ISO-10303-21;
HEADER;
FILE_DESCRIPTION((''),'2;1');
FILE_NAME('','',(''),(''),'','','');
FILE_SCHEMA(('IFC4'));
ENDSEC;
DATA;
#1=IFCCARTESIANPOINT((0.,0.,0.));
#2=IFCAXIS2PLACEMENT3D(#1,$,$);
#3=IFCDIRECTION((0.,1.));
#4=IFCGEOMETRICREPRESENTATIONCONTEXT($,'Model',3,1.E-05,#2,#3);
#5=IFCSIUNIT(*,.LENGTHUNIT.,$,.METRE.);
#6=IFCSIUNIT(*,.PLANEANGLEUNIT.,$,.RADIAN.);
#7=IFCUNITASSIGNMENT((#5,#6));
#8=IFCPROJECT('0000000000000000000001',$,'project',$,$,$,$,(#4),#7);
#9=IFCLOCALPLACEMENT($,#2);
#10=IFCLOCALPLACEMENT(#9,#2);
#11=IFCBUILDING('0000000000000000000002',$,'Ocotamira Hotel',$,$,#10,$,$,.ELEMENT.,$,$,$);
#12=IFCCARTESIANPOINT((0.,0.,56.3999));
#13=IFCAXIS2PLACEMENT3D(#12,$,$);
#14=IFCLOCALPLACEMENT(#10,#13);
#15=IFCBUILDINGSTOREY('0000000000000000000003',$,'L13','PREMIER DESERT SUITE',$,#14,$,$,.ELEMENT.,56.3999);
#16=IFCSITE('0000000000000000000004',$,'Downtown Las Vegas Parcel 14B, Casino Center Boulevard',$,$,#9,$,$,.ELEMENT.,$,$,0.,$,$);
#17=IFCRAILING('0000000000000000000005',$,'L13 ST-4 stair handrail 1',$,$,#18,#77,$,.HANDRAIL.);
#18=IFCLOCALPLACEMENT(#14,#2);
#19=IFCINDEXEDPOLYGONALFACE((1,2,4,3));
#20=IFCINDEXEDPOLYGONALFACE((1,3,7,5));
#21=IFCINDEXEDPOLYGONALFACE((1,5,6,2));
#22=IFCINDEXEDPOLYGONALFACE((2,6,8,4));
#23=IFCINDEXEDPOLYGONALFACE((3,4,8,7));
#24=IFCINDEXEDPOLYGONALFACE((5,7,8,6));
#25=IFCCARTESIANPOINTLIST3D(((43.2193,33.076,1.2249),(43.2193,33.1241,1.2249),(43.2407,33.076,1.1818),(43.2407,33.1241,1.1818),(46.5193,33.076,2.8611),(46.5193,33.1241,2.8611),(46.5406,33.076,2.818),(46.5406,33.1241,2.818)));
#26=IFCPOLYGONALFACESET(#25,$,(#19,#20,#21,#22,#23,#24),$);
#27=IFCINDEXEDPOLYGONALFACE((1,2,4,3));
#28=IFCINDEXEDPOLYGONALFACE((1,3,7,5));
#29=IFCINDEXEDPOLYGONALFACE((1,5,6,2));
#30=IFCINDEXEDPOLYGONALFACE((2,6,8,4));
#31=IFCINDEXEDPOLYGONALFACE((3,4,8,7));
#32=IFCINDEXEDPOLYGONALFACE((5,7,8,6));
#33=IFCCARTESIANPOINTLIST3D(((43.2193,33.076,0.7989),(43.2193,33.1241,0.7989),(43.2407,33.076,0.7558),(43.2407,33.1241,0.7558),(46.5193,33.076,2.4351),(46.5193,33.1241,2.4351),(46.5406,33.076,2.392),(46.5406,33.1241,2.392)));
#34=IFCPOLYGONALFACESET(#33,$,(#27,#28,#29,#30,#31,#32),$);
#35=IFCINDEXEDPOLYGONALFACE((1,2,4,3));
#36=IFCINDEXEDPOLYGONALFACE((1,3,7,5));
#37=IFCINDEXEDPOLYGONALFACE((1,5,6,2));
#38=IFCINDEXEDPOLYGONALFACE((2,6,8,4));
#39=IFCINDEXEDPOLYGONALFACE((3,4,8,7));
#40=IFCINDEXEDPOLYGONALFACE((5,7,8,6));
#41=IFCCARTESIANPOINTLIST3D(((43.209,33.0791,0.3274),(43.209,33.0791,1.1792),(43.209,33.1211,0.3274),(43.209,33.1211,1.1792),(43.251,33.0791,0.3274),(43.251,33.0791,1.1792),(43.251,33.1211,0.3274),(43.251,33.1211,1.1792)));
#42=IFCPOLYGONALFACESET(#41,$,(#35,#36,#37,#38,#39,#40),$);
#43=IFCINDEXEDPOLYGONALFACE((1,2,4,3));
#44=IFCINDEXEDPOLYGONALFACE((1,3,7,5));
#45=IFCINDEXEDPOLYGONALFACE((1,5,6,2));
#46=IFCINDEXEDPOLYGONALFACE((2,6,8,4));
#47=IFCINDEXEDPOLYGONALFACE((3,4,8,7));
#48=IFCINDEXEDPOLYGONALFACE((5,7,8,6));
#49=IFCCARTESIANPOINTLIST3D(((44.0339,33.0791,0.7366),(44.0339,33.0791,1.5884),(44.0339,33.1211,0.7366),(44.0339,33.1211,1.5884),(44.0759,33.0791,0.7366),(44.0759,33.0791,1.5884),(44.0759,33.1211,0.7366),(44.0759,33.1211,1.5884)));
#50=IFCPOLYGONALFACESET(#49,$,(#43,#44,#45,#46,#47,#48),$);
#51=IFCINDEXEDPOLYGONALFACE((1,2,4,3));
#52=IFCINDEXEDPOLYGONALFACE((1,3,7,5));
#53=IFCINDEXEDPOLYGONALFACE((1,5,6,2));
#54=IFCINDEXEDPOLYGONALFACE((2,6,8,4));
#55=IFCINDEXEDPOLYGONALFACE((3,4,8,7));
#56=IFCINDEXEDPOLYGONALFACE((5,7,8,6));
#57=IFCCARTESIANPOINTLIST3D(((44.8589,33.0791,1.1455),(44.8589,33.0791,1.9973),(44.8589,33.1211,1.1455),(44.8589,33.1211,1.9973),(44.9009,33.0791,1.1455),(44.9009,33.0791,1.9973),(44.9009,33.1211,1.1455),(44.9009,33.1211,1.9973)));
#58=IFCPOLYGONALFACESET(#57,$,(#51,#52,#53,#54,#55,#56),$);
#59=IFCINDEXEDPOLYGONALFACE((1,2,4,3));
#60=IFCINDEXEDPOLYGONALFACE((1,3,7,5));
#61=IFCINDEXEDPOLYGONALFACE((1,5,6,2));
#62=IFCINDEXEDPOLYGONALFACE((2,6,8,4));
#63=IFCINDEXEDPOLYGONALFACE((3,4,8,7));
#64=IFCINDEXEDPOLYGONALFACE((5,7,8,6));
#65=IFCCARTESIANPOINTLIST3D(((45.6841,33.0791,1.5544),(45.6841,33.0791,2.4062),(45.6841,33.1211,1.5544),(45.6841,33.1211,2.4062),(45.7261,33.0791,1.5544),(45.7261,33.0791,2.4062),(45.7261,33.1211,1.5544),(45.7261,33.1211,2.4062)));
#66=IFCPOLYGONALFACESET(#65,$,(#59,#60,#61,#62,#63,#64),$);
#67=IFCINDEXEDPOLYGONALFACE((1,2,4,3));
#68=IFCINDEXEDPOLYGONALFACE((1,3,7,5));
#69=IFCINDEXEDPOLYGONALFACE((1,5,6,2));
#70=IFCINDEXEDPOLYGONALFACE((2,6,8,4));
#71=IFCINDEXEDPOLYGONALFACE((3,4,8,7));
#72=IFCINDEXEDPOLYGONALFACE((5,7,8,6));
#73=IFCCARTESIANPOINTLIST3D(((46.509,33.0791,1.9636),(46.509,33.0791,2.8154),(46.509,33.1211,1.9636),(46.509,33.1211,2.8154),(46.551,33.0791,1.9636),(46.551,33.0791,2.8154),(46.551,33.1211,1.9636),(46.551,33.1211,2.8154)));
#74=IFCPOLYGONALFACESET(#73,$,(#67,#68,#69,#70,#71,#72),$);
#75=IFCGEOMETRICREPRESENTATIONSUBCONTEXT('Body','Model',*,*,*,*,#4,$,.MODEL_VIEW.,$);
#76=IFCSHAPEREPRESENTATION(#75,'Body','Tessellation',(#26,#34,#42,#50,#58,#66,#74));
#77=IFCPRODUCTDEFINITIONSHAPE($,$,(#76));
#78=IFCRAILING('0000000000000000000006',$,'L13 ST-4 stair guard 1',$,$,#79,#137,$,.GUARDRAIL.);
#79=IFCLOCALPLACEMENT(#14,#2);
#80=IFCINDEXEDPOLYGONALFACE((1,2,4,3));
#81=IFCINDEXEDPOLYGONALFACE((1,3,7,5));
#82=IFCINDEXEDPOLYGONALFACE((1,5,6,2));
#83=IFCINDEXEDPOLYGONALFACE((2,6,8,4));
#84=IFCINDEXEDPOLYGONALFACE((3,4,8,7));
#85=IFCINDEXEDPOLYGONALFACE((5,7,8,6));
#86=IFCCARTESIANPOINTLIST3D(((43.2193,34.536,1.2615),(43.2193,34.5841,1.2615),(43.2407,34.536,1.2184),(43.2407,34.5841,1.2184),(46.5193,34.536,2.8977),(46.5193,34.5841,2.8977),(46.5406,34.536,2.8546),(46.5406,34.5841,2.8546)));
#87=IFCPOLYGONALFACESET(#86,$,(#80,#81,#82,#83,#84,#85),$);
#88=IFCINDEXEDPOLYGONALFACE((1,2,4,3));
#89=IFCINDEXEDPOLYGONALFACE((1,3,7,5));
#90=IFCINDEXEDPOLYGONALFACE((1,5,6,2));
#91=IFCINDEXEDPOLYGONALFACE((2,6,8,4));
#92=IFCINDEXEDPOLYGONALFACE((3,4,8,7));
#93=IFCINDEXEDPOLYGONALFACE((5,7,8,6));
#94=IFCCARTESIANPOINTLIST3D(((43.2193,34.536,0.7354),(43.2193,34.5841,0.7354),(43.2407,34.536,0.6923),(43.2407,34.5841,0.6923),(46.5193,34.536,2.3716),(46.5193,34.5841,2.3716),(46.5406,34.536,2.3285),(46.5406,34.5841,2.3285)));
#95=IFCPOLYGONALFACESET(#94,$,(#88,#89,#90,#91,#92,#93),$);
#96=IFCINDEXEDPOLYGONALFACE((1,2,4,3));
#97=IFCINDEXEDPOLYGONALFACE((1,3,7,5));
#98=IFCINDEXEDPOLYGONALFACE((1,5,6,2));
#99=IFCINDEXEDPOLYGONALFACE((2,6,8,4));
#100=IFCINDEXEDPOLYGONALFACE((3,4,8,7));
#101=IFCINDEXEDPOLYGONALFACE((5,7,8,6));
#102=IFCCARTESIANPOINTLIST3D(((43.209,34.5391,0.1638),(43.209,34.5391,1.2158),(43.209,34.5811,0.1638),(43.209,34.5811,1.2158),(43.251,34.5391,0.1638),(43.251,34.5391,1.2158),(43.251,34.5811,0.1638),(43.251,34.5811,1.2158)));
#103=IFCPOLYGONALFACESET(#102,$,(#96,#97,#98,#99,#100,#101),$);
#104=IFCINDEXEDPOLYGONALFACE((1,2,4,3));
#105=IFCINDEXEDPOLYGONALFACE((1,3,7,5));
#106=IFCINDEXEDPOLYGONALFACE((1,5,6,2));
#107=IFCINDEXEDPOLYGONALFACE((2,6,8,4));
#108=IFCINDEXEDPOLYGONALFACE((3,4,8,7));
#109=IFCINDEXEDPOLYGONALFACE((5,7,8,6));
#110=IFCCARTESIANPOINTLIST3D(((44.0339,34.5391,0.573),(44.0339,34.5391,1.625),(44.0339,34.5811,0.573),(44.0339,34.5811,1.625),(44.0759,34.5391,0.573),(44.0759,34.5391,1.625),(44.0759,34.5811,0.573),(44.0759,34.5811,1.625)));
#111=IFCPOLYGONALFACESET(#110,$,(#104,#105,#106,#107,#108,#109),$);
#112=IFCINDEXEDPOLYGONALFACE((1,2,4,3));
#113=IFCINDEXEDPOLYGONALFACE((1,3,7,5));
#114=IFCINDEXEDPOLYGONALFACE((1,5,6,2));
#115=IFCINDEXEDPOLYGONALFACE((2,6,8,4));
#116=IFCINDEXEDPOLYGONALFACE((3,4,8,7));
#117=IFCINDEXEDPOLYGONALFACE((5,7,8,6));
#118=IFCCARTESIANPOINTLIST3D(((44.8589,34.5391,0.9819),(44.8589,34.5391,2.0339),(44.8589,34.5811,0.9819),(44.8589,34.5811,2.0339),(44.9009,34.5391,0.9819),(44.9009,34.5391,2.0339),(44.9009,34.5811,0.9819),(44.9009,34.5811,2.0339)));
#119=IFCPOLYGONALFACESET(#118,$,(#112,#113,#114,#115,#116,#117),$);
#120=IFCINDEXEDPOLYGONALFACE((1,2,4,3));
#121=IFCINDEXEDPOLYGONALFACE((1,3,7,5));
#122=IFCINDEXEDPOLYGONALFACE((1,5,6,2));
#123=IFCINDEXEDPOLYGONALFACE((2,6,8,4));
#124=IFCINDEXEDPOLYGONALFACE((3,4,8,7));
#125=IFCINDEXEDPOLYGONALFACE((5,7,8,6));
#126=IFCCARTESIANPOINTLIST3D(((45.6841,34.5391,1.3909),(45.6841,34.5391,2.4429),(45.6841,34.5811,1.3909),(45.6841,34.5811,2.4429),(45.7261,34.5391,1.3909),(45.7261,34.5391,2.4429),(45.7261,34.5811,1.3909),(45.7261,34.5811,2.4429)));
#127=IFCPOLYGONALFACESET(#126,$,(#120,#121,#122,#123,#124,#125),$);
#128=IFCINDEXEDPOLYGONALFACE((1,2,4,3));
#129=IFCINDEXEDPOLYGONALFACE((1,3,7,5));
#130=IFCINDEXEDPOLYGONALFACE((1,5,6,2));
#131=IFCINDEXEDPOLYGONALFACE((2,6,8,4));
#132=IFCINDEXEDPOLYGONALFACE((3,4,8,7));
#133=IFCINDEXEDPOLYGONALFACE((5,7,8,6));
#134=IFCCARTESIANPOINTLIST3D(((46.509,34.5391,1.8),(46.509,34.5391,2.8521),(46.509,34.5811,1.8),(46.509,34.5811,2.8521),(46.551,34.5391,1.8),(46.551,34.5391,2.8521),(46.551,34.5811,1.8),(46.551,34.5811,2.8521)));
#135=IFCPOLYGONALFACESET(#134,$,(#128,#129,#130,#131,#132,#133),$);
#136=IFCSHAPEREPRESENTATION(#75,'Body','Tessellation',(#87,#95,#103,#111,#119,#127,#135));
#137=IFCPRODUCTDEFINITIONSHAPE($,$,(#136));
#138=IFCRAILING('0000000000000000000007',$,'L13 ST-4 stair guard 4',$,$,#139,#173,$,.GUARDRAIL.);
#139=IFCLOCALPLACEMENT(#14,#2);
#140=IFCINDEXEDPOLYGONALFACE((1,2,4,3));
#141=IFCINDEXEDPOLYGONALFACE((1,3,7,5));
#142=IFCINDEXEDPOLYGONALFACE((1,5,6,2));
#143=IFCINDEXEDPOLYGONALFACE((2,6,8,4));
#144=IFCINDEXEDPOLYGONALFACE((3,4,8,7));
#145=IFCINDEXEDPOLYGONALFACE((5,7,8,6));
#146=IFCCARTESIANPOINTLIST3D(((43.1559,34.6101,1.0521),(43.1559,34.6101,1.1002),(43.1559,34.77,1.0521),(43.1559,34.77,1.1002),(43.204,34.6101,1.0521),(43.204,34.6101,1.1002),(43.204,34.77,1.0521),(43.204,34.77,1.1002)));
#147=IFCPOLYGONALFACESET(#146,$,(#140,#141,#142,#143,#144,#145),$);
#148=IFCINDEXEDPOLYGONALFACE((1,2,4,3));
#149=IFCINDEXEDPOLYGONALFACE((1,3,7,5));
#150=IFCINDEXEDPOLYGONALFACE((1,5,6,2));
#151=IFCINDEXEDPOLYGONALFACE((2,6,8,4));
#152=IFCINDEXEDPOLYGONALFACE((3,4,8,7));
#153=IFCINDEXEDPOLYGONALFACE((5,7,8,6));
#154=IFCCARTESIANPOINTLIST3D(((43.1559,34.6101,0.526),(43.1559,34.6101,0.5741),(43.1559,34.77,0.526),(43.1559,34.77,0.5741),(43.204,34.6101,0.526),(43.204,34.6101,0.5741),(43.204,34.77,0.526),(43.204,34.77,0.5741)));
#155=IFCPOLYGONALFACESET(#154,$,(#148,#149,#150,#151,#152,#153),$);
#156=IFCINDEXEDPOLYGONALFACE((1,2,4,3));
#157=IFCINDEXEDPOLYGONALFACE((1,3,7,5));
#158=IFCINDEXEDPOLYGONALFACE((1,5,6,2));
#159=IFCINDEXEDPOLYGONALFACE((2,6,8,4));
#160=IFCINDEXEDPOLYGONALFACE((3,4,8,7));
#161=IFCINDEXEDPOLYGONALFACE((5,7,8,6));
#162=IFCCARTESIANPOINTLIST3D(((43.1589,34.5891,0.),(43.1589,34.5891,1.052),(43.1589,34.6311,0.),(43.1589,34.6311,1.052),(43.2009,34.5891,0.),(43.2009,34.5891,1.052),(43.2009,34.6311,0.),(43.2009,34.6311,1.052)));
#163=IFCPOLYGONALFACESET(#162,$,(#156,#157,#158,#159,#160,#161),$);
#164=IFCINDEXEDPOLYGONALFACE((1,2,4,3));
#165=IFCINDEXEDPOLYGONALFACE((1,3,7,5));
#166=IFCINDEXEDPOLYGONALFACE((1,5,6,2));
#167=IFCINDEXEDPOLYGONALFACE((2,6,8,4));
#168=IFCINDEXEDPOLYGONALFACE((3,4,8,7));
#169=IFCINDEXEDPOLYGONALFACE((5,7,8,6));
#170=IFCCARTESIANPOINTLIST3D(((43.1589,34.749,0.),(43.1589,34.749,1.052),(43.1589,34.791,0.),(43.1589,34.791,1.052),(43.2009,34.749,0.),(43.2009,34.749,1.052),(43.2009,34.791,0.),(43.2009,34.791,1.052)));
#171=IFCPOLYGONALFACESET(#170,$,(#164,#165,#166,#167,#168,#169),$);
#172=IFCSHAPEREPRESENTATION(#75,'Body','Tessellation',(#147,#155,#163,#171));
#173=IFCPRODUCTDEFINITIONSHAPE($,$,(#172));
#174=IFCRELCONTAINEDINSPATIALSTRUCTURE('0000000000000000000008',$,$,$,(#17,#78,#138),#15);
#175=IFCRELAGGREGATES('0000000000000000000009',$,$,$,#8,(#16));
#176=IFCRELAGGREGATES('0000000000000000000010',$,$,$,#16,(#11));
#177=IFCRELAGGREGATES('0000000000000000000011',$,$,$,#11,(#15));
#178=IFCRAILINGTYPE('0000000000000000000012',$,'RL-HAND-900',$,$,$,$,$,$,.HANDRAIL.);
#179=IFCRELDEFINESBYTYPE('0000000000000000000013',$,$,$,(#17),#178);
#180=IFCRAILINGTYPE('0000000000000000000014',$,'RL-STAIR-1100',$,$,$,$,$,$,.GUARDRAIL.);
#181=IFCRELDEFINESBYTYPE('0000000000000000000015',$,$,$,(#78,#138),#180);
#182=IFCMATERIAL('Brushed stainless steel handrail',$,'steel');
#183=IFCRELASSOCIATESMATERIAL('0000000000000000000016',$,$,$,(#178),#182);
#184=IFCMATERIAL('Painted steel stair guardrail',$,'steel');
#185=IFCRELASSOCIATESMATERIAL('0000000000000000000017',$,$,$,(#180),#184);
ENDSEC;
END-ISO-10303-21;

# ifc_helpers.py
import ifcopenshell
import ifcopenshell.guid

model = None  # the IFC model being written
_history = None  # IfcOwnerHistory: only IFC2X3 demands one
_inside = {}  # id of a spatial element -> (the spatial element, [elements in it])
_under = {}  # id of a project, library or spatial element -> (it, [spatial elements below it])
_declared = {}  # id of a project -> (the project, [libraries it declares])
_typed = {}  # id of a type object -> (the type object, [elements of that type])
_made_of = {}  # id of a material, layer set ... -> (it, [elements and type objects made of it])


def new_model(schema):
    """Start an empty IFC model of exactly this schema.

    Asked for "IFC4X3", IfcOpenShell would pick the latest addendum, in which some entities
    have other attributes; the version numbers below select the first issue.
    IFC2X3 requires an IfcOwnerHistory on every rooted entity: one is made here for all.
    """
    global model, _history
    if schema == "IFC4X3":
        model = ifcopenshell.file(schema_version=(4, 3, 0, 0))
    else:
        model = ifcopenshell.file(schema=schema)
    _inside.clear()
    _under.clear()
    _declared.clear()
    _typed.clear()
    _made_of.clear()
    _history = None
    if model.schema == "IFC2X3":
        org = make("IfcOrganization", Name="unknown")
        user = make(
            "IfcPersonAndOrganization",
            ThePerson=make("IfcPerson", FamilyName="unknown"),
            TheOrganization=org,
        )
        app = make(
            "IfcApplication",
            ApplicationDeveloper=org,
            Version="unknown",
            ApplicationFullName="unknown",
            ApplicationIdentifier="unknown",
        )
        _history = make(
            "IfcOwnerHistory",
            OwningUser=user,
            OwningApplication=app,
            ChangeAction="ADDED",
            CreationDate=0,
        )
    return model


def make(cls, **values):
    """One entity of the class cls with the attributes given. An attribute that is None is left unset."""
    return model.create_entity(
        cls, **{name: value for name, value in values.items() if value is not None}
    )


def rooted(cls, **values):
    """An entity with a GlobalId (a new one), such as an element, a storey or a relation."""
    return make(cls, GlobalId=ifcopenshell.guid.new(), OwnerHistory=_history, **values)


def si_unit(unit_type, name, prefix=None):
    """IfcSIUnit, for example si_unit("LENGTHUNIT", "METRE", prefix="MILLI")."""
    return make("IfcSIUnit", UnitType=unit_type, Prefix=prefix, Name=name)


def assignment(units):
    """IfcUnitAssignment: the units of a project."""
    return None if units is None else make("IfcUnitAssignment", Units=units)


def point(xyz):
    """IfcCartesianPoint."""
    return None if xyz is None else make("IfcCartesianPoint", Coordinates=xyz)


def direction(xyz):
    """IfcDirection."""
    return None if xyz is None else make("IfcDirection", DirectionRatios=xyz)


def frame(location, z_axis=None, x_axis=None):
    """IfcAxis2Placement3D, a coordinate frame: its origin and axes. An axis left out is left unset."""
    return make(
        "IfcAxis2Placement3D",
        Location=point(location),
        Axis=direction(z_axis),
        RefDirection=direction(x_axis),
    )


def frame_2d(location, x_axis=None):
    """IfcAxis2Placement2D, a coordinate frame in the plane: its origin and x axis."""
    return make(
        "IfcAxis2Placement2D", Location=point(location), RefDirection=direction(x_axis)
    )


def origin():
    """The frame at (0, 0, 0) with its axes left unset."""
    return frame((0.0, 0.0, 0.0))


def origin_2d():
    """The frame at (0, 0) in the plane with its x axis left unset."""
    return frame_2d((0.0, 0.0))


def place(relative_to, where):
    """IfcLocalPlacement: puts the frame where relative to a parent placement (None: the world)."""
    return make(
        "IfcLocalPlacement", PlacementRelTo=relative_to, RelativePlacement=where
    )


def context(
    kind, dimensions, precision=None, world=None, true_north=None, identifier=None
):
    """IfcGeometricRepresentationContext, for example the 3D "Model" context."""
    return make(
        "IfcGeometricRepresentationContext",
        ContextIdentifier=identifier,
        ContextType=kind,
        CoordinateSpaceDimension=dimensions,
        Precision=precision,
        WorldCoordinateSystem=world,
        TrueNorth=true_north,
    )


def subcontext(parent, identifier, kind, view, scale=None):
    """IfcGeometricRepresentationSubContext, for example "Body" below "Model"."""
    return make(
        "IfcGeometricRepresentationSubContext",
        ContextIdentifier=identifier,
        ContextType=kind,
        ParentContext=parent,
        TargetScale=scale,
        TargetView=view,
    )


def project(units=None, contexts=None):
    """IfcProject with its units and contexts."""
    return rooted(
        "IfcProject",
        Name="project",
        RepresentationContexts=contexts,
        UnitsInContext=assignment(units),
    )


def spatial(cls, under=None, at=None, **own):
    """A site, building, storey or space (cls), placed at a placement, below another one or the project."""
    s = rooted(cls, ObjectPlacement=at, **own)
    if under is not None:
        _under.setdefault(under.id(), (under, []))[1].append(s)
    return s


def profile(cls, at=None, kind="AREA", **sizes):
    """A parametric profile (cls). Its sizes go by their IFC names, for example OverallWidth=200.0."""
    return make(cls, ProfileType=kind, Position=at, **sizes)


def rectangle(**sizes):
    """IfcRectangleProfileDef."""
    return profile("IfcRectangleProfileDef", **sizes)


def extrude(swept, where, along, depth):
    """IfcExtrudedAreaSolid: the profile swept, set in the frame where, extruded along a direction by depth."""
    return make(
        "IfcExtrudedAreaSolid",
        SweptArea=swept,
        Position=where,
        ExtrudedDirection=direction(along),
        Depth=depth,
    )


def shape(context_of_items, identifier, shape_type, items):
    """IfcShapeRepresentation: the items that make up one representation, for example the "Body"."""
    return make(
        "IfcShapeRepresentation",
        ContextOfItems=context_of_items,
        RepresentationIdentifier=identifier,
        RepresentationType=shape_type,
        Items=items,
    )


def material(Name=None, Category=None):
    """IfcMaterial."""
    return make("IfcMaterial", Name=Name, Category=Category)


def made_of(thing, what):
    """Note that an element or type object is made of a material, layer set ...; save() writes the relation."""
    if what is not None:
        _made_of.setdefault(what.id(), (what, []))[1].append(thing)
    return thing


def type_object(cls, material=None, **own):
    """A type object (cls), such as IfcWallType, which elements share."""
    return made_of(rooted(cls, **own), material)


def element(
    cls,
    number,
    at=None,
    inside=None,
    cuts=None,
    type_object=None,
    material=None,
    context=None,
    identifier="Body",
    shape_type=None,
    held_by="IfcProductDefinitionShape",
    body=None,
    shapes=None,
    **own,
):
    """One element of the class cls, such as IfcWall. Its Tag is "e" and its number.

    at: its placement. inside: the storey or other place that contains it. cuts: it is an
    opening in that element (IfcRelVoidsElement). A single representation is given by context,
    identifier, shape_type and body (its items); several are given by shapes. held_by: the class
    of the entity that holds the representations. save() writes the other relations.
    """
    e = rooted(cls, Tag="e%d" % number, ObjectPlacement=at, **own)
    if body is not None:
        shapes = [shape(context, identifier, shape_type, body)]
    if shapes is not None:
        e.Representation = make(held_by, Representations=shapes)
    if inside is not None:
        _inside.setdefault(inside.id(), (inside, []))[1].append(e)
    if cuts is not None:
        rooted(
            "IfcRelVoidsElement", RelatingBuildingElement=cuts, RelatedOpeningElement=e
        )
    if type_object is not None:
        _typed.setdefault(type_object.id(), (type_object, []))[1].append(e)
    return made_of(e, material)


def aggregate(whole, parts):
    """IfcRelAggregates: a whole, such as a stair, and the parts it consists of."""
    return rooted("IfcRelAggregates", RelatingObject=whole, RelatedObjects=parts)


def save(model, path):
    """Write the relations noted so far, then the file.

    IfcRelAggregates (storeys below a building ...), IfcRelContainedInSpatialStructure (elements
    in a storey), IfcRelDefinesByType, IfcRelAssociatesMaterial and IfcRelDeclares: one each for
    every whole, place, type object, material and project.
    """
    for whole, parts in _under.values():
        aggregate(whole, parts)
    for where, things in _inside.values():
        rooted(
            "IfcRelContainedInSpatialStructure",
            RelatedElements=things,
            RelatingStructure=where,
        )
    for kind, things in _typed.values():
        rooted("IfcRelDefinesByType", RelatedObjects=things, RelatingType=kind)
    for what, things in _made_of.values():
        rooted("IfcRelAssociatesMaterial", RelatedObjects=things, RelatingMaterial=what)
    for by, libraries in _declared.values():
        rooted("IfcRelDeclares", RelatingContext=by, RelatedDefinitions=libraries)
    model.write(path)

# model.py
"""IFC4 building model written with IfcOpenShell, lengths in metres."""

from ifc_helpers import new_model, si_unit, direction, frame, origin, origin_2d, place, context, subcontext, project, spatial, rectangle, extrude, material, type_object, element, save


model = new_model("IFC4")

# Units and contexts
model_context = context("Model", 3, precision=1e-05, world=origin(), true_north=direction((0.0, 1.0)))
body_context = subcontext(model_context, "Body", "Model", "MODEL_VIEW")
ifc_project = project(units=[si_unit("LENGTHUNIT", "METRE"), si_unit("PLANEANGLEUNIT", "RADIAN")], contexts=[model_context])

# Site, building, storey
site_placement = place(None, origin())
site = spatial("IfcSite", under=ifc_project, at=site_placement, Name="Downtown Las Vegas Parcel 14B, Casino Center Boulevard", CompositionType="ELEMENT", RefElevation=0.0)
building_placement = place(site_placement, origin())
building = spatial("IfcBuilding", under=site, at=building_placement, Name="Ocotamira Hotel", CompositionType="ELEMENT")
storey_placement = place(building_placement, frame((0.0, 0.0, 56.3999)))
storey = spatial("IfcBuildingStorey", under=building, at=storey_placement, Name="L13", Description="PREMIER DESERT SUITE", CompositionType="ELEMENT", Elevation=56.3999)

# Railings
ifc_material_1 = material(Name="Painted steel stair guardrail", Category="steel")
ifc_material_2 = material(Name="Brushed stainless steel handrail", Category="steel")
railing_type_1 = type_object("IfcRailingType", Name="RL-HAND-900", PredefinedType="HANDRAIL", material=ifc_material_2)
railing_1_placement = place(storey_placement, frame((43.23, 33.1001, 0.3274)))
element("IfcRailing", 1, at=railing_1_placement, inside=storey, type_object=railing_type_1, Name="L13 ST-4 stair handrail 1", PredefinedType="HANDRAIL", context=body_context, shape_type="SweptSolid", body=[
    extrude(rectangle(XDim=0.0481, YDim=0.0481, at=origin_2d()), frame((0.0, 0.0, 0.876), z_axis=(0.89592, 0.0, 0.444215), x_axis=(0.0, 1.0, 0.0)), (0.0, 0.0, 1.0), 3.6833),
    extrude(rectangle(XDim=0.0481, YDim=0.0481, at=origin_2d()), frame((0.0, 0.0, 0.45), z_axis=(0.89592, 0.0, 0.444215), x_axis=(0.0, 1.0, 0.0)), (0.0, 0.0, 1.0), 3.6833),
    extrude(rectangle(XDim=0.042, YDim=0.042, at=origin_2d()), origin(), (0.0, 0.0, 1.0), 0.8518),
    extrude(rectangle(XDim=0.042, YDim=0.042, at=origin_2d()), frame((0.825, 0.0, 0.4092)), (0.0, 0.0, 1.0), 0.8518),
    extrude(rectangle(XDim=0.042, YDim=0.042, at=origin_2d()), frame((1.6499, 0.0, 0.8181)), (0.0, 0.0, 1.0), 0.8518),
    extrude(rectangle(XDim=0.042, YDim=0.042, at=origin_2d()), frame((2.4751, 0.0, 1.2271)), (0.0, 0.0, 1.0), 0.8518),
    extrude(rectangle(XDim=0.042, YDim=0.042, at=origin_2d()), frame((3.3, 0.0, 1.6362)), (0.0, 0.0, 1.0), 0.8518),
])
railing_type_2 = type_object("IfcRailingType", Name="RL-STAIR-1100", PredefinedType="GUARDRAIL", material=ifc_material_1)
railing_2_placement = place(storey_placement, frame((43.23, 34.5601, 0.1638)))
element("IfcRailing", 2, at=railing_2_placement, inside=storey, type_object=railing_type_2, Name="L13 ST-4 stair guard 1", PredefinedType="GUARDRAIL", context=body_context, shape_type="SweptSolid", body=[
    extrude(rectangle(XDim=0.0481, YDim=0.0481, at=origin_2d()), frame((0.0, 0.0, 1.0762), z_axis=(0.89592, 0.0, 0.444215), x_axis=(0.0, 1.0, 0.0)), (0.0, 0.0, 1.0), 3.6833),
    extrude(rectangle(XDim=0.0481, YDim=0.0481, at=origin_2d()), frame((0.0, 0.0, 0.55), z_axis=(0.89592, 0.0, 0.444215), x_axis=(0.0, 1.0, 0.0)), (0.0, 0.0, 1.0), 3.6833),
    extrude(rectangle(XDim=0.042, YDim=0.042, at=origin_2d()), origin(), (0.0, 0.0, 1.0), 1.052),
    extrude(rectangle(XDim=0.042, YDim=0.042, at=origin_2d()), frame((0.825, 0.0, 0.4092)), (0.0, 0.0, 1.0), 1.052),
    extrude(rectangle(XDim=0.042, YDim=0.042, at=origin_2d()), frame((1.6499, 0.0, 0.8181)), (0.0, 0.0, 1.0), 1.052),
    extrude(rectangle(XDim=0.042, YDim=0.042, at=origin_2d()), frame((2.4751, 0.0, 1.2271)), (0.0, 0.0, 1.0), 1.052),
    extrude(rectangle(XDim=0.042, YDim=0.042, at=origin_2d()), frame((3.3, 0.0, 1.6362)), (0.0, 0.0, 1.0), 1.052),
])
railing_3_placement = place(storey_placement, frame((43.1799, 34.6101, 0.0)))
element("IfcRailing", 3, at=railing_3_placement, inside=storey, type_object=railing_type_2, Name="L13 ST-4 stair guard 4", PredefinedType="GUARDRAIL", context=body_context, shape_type="SweptSolid", body=[
    extrude(rectangle(XDim=0.0481, YDim=0.0481, at=origin_2d()), frame((0.0, 0.0, 1.0762), z_axis=(0.0, 1.0, 0.0), x_axis=(-1.0, 0.0, 0.0)), (0.0, 0.0, 1.0), 0.1599),
    extrude(rectangle(XDim=0.0481, YDim=0.0481, at=origin_2d()), frame((0.0, 0.0, 0.55), z_axis=(0.0, 1.0, 0.0), x_axis=(-1.0, 0.0, 0.0)), (0.0, 0.0, 1.0), 0.1599),
    extrude(rectangle(XDim=0.042, YDim=0.042, at=origin_2d()), origin(), (0.0, 0.0, 1.0), 1.052),
    extrude(rectangle(XDim=0.042, YDim=0.042, at=origin_2d()), frame((0.0, 0.1599, 0.0)), (0.0, 0.0, 1.0), 1.052),
])

save(model, "model.ifc")
